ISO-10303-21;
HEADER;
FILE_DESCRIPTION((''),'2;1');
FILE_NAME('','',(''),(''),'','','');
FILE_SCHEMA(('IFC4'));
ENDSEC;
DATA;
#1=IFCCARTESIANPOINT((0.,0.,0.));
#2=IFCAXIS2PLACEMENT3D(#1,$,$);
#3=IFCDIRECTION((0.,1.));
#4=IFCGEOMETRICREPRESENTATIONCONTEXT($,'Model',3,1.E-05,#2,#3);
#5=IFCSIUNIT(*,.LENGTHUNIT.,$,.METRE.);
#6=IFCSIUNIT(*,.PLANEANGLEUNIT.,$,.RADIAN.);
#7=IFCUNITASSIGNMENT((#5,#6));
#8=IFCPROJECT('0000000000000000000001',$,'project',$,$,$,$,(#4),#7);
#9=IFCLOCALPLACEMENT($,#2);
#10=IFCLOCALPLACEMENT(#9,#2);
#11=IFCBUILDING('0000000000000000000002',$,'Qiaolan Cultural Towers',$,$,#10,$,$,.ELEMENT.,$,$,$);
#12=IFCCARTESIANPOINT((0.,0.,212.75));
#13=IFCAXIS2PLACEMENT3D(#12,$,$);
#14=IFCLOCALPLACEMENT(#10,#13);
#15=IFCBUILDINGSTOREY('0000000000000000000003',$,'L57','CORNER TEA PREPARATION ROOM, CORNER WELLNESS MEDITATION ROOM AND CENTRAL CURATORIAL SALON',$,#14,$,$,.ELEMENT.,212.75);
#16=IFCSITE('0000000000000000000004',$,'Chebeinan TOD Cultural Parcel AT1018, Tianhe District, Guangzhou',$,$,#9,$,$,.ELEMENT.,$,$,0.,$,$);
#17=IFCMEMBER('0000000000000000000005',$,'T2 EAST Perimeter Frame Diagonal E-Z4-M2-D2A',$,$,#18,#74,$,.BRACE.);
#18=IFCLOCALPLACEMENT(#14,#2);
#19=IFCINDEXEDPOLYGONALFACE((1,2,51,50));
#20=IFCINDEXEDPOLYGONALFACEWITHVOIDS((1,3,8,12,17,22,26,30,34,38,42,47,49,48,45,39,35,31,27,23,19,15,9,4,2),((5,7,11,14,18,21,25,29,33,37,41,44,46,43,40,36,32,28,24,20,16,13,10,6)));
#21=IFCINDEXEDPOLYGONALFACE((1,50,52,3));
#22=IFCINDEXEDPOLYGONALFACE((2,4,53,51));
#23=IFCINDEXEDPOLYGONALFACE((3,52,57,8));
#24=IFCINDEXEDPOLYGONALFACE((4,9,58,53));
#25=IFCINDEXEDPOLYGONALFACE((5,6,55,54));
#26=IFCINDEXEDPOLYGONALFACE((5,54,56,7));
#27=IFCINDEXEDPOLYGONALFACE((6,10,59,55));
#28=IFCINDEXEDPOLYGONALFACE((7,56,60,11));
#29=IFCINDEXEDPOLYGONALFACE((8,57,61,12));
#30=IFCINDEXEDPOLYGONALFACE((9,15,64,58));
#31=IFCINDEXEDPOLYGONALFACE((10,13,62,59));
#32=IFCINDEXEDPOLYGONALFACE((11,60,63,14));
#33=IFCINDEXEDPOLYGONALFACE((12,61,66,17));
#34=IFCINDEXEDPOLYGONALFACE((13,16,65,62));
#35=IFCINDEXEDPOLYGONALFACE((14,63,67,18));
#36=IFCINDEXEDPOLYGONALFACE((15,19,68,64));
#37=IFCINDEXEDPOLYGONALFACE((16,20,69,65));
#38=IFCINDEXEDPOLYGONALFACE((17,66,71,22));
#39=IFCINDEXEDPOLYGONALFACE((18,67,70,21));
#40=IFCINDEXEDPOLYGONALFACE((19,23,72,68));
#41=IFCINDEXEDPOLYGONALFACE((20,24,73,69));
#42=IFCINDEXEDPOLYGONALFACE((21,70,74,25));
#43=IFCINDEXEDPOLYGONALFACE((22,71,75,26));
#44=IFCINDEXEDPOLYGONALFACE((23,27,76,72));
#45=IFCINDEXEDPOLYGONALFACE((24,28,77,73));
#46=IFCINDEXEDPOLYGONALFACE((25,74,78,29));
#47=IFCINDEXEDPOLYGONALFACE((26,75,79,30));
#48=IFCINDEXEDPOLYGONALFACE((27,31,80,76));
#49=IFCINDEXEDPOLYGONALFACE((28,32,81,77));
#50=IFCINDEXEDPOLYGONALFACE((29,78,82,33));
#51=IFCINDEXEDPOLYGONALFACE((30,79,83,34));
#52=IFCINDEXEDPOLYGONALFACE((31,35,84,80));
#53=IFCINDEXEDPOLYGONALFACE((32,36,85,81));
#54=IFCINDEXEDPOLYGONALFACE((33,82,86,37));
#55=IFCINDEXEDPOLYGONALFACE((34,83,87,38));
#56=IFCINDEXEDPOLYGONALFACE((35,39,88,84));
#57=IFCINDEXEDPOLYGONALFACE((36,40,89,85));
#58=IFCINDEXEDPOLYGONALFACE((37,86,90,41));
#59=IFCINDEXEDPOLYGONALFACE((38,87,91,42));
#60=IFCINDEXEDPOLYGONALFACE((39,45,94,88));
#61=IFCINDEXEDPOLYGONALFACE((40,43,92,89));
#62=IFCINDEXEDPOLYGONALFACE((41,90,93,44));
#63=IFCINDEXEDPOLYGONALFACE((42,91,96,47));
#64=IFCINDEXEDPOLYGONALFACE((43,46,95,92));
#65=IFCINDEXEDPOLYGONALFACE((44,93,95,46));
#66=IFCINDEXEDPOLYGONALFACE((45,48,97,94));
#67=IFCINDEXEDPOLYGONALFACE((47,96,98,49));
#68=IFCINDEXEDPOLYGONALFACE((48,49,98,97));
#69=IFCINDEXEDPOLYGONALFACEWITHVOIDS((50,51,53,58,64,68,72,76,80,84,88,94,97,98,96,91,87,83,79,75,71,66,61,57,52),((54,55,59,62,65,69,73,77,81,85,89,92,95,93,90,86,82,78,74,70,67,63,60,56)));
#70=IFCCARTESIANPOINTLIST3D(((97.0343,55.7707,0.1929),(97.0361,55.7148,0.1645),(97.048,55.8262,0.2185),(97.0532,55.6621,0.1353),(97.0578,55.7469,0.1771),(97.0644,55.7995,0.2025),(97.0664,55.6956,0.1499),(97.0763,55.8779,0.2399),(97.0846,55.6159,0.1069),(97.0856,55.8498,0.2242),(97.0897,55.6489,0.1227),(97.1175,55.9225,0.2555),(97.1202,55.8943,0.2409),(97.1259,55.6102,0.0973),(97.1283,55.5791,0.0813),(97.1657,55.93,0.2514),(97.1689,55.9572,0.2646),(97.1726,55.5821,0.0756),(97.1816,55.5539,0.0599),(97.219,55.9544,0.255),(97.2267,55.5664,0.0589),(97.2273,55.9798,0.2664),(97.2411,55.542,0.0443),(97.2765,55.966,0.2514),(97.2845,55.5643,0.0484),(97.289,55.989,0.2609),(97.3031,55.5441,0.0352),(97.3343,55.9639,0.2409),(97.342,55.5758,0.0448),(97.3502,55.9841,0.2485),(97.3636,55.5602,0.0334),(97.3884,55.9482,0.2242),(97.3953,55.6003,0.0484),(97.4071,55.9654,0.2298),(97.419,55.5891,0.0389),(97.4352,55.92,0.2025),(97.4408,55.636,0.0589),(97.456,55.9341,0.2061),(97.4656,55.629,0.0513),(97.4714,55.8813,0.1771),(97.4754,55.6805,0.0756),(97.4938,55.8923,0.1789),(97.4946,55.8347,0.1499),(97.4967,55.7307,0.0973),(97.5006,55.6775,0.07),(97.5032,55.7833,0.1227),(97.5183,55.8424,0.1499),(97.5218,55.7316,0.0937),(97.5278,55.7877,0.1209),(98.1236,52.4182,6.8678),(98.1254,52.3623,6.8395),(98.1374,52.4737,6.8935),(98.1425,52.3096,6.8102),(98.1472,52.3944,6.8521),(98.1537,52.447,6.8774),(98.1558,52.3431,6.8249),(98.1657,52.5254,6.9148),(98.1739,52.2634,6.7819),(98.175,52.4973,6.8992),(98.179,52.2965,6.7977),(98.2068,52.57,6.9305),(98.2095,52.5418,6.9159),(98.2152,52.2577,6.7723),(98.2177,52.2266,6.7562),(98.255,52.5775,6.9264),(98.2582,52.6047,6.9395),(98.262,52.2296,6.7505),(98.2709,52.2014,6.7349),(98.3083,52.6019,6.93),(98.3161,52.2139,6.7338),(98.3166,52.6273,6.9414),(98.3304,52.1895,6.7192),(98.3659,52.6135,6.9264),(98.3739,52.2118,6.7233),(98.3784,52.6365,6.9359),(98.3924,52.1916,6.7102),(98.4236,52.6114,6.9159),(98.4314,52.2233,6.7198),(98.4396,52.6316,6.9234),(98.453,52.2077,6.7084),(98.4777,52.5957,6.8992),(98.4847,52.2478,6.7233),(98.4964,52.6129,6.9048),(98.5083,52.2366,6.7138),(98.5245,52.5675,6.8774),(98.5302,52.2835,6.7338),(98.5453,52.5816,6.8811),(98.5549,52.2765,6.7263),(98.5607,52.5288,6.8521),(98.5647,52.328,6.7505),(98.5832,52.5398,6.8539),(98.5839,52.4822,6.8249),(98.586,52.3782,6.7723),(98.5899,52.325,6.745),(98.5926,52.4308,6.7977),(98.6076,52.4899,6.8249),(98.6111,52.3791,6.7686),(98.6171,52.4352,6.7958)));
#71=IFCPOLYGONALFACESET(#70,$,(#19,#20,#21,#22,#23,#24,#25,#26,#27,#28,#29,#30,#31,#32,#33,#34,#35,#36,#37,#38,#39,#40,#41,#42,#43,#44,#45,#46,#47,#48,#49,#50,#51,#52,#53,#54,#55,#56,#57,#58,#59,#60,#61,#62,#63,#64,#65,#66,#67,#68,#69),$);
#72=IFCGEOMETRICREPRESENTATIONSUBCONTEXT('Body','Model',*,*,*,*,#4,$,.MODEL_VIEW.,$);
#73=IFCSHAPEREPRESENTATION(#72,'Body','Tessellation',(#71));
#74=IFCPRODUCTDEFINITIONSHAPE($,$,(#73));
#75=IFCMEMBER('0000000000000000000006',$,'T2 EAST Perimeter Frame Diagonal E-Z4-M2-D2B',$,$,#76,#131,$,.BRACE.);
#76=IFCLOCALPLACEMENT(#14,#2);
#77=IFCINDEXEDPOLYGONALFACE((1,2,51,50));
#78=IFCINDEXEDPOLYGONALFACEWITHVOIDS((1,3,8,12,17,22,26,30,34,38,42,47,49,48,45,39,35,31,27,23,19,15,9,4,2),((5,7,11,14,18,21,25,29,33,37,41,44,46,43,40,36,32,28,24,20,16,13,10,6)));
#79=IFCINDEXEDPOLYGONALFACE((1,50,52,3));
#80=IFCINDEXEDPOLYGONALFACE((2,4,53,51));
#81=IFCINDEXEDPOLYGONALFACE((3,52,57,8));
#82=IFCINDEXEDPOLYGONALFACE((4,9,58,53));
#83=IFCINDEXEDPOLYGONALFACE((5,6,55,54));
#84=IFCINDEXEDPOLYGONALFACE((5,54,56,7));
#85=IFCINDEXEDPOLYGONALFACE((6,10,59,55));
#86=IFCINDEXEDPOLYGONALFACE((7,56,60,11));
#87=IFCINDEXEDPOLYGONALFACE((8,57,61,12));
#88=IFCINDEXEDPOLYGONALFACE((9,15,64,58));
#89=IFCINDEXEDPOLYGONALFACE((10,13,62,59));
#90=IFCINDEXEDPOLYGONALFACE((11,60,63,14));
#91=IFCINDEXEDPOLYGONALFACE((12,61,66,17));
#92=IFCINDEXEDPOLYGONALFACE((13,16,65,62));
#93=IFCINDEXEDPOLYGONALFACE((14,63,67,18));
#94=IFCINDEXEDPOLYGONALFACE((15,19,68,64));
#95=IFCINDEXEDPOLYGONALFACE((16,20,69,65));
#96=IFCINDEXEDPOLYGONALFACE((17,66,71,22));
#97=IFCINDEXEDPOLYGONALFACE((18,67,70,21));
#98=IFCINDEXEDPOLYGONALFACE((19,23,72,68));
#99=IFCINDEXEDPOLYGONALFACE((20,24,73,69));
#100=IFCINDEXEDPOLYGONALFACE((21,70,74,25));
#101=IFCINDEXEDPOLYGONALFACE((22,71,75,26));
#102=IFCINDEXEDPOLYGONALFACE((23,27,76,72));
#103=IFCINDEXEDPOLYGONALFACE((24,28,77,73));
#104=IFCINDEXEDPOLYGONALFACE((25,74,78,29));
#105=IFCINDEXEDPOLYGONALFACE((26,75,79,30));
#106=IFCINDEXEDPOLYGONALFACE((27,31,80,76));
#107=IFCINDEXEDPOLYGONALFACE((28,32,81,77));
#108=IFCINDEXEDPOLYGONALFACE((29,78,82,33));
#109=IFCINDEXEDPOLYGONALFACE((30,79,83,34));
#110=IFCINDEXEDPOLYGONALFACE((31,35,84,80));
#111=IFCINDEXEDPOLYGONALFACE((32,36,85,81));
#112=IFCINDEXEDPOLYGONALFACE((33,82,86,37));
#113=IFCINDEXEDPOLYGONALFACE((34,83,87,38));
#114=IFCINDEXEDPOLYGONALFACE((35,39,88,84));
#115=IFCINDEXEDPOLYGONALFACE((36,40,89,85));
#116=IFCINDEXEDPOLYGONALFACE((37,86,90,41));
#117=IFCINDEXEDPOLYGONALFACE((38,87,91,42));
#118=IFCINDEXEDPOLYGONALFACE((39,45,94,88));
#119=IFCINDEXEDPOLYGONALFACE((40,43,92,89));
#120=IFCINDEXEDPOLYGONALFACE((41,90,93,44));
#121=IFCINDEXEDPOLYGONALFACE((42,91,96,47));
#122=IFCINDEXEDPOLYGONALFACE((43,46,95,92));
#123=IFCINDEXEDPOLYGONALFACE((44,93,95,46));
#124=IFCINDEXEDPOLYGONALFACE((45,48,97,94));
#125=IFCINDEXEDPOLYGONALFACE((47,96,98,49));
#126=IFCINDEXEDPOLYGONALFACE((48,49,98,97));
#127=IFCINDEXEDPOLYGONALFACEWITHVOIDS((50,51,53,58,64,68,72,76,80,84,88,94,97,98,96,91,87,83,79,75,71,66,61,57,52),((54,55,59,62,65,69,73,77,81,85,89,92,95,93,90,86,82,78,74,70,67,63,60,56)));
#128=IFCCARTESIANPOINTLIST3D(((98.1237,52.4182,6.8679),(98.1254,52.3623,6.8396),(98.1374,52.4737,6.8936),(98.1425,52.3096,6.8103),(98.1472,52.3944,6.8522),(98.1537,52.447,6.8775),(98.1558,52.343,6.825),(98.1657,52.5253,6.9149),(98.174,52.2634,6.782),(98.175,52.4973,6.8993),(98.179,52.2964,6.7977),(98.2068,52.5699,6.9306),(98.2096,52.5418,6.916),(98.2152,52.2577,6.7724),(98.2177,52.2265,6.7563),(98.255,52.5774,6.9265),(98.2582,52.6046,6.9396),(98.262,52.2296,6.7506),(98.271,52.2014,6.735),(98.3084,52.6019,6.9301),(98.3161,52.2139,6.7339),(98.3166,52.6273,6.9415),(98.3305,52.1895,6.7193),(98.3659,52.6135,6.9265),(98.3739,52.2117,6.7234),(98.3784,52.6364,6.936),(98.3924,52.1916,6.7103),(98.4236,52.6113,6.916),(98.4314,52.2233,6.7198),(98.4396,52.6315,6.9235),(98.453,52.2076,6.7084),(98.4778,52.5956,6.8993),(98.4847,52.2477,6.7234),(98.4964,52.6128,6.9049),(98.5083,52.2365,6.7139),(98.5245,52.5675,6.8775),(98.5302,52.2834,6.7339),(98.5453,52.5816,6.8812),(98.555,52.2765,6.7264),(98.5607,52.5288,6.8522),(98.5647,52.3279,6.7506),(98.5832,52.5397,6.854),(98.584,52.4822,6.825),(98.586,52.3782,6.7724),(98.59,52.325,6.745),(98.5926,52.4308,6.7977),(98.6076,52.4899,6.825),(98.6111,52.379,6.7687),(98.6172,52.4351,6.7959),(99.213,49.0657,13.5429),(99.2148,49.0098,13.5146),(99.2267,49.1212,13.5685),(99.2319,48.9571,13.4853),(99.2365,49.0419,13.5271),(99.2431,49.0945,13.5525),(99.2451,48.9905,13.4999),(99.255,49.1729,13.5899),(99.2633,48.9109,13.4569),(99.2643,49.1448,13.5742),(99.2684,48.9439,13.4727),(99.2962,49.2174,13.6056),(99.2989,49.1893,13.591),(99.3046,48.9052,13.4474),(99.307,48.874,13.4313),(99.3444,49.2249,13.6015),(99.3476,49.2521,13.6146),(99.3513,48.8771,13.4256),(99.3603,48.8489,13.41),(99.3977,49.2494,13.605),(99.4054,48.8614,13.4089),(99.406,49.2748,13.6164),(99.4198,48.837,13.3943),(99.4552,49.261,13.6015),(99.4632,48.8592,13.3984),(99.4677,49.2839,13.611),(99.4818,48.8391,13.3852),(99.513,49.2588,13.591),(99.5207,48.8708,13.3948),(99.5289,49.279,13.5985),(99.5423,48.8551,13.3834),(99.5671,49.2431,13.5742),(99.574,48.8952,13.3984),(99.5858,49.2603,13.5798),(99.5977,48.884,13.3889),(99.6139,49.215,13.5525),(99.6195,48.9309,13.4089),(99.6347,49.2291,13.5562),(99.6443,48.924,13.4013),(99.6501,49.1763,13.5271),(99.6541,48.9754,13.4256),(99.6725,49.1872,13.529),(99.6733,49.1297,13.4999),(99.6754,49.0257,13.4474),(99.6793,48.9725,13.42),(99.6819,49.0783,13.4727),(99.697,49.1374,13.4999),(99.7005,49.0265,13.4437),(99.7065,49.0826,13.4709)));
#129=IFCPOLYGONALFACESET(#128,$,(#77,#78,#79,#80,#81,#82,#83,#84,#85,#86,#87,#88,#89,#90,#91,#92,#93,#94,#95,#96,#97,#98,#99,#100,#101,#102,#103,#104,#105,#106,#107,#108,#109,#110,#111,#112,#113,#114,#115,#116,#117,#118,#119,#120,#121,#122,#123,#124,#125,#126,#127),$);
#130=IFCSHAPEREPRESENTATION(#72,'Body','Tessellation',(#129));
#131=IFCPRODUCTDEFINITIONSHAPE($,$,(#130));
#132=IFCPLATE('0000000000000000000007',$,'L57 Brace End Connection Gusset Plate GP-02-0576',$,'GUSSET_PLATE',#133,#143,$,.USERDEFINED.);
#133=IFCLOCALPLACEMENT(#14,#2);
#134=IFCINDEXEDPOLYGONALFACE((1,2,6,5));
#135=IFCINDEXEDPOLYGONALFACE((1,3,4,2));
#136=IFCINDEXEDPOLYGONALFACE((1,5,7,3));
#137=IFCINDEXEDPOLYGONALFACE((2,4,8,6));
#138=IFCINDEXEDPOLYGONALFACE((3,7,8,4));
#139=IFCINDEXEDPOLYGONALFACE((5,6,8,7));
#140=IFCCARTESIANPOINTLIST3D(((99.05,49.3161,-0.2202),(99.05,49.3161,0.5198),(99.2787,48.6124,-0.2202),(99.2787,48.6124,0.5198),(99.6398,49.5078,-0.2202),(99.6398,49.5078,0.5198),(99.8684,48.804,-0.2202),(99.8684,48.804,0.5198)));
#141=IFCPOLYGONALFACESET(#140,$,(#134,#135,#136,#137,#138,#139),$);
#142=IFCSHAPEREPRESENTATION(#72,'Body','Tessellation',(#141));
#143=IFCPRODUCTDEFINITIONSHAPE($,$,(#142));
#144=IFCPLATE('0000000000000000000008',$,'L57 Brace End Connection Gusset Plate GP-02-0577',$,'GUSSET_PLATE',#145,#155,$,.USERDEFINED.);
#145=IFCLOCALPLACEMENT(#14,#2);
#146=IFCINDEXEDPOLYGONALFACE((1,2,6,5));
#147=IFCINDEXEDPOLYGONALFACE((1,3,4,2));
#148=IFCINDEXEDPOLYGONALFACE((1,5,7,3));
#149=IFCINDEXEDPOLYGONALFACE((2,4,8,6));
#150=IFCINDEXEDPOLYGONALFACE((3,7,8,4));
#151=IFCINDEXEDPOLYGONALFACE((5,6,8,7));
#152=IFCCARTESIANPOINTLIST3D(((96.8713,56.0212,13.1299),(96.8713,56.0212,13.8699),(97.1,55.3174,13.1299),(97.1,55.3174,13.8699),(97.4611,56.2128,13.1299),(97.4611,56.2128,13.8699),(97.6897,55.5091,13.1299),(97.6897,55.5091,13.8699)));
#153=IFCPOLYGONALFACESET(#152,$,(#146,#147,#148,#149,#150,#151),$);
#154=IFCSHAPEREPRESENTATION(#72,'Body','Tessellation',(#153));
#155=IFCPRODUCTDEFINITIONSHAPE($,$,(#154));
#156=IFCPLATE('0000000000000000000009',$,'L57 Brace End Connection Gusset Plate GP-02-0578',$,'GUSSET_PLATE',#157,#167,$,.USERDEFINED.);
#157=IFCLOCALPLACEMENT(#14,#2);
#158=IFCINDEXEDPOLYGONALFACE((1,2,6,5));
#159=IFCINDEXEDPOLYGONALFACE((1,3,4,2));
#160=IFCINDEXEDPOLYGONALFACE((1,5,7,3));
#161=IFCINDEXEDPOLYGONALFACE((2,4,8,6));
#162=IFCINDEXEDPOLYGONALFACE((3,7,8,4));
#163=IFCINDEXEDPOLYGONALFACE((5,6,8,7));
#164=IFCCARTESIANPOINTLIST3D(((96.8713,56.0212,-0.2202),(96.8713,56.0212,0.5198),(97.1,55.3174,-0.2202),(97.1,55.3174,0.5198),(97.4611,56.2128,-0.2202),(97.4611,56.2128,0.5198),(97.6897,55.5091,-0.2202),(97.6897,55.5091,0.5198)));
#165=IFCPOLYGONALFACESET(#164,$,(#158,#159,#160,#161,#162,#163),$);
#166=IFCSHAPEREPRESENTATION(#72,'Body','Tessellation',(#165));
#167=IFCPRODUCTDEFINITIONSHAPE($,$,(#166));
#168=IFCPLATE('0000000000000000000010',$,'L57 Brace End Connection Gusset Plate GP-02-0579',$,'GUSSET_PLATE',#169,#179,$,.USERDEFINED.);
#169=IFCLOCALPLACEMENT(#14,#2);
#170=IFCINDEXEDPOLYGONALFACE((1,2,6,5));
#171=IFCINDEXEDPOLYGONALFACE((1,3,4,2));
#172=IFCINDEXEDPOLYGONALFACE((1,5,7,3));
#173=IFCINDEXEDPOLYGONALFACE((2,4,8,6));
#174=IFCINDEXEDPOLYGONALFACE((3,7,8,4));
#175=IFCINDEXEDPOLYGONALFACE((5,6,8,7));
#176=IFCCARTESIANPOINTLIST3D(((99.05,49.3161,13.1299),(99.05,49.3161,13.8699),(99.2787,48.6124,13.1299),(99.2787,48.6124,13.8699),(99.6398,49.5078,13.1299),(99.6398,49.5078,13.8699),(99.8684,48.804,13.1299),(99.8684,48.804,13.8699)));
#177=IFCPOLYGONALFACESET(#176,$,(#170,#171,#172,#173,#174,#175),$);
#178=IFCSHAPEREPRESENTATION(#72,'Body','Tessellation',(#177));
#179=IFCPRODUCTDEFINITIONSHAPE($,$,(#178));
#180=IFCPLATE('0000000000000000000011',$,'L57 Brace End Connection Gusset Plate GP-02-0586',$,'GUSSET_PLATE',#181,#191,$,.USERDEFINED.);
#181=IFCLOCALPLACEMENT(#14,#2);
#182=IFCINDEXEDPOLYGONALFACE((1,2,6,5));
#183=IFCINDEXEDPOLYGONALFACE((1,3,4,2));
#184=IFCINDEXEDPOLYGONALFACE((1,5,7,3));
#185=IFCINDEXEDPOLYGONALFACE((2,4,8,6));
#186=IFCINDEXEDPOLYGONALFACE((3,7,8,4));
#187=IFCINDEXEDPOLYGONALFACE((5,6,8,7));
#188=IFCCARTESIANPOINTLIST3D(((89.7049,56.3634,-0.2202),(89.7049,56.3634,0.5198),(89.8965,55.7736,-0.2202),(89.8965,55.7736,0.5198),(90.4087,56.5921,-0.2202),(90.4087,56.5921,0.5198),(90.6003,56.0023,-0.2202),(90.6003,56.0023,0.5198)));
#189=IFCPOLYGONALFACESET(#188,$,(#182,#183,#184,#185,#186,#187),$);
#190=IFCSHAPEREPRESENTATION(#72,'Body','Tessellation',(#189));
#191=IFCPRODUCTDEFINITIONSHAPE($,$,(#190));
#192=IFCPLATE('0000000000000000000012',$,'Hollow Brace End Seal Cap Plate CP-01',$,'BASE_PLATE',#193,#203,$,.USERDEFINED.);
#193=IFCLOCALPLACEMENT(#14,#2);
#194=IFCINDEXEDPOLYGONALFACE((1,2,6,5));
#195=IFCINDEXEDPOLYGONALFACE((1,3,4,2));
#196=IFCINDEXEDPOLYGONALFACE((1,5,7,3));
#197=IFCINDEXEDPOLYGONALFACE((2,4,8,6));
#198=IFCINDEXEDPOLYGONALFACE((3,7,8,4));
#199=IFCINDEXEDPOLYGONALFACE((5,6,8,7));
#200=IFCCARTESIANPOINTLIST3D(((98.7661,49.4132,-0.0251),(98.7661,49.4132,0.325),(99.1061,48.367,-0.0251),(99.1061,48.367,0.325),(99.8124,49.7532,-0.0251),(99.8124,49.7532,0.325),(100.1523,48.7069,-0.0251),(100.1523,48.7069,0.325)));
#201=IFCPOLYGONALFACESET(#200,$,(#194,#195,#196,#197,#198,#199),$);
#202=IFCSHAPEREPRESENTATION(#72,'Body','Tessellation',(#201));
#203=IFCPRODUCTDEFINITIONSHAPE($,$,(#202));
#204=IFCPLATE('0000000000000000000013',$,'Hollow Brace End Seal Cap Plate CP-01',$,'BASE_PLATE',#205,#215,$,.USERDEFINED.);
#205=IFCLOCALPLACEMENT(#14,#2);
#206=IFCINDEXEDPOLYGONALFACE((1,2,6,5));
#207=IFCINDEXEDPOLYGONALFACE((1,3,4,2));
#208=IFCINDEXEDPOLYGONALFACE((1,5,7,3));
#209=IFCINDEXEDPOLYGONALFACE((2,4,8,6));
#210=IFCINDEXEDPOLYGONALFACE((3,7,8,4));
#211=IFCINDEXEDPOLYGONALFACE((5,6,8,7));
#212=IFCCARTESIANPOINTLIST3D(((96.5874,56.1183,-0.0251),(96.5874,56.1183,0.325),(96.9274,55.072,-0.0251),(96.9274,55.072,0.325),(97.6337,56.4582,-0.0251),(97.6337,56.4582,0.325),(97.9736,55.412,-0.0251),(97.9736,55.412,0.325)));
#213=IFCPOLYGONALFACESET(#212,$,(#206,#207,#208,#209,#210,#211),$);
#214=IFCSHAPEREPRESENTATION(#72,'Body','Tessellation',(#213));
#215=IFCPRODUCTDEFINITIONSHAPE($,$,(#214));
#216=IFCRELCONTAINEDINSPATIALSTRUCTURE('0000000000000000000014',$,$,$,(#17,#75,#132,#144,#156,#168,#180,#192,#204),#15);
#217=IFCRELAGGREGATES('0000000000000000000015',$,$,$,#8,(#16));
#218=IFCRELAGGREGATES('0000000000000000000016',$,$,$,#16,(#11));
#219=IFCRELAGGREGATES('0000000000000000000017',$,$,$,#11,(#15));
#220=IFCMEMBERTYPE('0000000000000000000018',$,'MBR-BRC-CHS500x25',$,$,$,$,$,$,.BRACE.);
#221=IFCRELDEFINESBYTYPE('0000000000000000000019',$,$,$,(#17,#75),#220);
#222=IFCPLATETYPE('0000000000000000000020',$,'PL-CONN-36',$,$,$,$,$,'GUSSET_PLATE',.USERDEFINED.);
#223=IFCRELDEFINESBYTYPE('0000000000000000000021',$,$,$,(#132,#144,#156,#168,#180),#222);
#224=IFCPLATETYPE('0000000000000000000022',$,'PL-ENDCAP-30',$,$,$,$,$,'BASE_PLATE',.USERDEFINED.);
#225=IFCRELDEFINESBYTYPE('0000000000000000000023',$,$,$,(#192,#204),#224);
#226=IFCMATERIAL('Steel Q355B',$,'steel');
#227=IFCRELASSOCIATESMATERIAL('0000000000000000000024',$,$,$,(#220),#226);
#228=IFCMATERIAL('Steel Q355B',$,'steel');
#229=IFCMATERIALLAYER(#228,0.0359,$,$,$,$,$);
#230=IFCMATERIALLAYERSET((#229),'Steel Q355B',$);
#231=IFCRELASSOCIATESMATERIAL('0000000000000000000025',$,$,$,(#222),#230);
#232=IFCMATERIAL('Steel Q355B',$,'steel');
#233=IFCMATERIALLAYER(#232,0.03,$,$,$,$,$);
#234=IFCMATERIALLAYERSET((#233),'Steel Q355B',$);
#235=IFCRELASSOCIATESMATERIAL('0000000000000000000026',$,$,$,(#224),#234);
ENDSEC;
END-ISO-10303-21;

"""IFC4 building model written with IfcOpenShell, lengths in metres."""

from ifc_helpers import new_model, si_unit, direction, frame, origin, origin_2d, place, context, subcontext, project, spatial, rectangle, hollow_circle, extrude, material, layer, layer_set, material_profile, profile_set, type_object, element, save


model = new_model("IFC4")

# Units and contexts
model_context = context("Model", 3, precision=1e-05, world=origin(), true_north=direction((0.0, 1.0)))
body_context = subcontext(model_context, "Body", "Model", "MODEL_VIEW")
ifc_project = project(units=[si_unit("LENGTHUNIT", "METRE"), si_unit("PLANEANGLEUNIT", "RADIAN")], contexts=[model_context])

# Site, building, storey
site_placement = place(None, origin())
site = spatial("IfcSite", under=ifc_project, at=site_placement, Name="Chebeinan TOD Cultural Parcel AT1018, Tianhe District, Guangzhou", CompositionType="ELEMENT", RefElevation=0.0)
building_placement = place(site_placement, origin())
building = spatial("IfcBuilding", under=site, at=building_placement, Name="Qiaolan Cultural Towers", CompositionType="ELEMENT")
storey_placement = place(building_placement, frame((0.0, 0.0, 212.75)))
storey = spatial("IfcBuildingStorey", under=building, at=storey_placement, Name="L57", Description="CORNER TEA PREPARATION ROOM, CORNER WELLNESS MEDITATION ROOM AND CENTRAL CURATORIAL SALON", CompositionType="ELEMENT", Elevation=212.75)

# Members
ifc_material_1 = material(Name="Steel Q355B", Category="steel")
ifc_material_profile_1 = material_profile(ifc_material_1, hollow_circle(Radius=0.25, WallThickness=0.0249, at=origin_2d()), Name="CHS500x25")
ifc_profile_set_1 = profile_set([ifc_material_profile_1], Name="Steel Q355B")
member_type = type_object("IfcMemberType", Name="MBR-BRC-CHS500x25", PredefinedType="BRACE", material=ifc_profile_set_1)
for number, where, z_axis, x_axis, name in (
    (1, (97.2805, 55.7651, 0.1499), (0.144311, -0.444123, 0.884268), (0.951052, 0.30903, 0.0), "T2 EAST Perimeter Frame Diagonal E-Z4-M2-D2A"),
    (2, (98.3699, 52.4126, 6.825), (0.144311, -0.444123, 0.884268), (0.951052, 0.30903, 0.0), "T2 EAST Perimeter Frame Diagonal E-Z4-M2-D2B"),
):
    element("IfcMember", number, at=place(storey_placement, frame(where, z_axis=z_axis, x_axis=x_axis)), inside=storey, type_object=member_type, Name=name, PredefinedType="BRACE", context=body_context, shape_type="SweptSolid", body=[
        extrude(hollow_circle(Radius=0.25, WallThickness=0.0249, at=origin_2d()), origin(), (0.0, 0.0, 1.0), 7.5486),
    ])

# Plates
ifc_material_2 = material(Name="Steel Q355B", Category="steel")
ifc_layer_1 = layer(ifc_material_2, 0.0359)
ifc_layer_set_1 = layer_set([ifc_layer_1], Name="Steel Q355B")
plate_type_1 = type_object("IfcPlateType", Name="PL-CONN-36", ElementType="GUSSET_PLATE", PredefinedType="USERDEFINED", material=ifc_layer_set_1)
for number, where, z_axis, x_axis, name in (
    (3, (99.4592, 49.0601, -0.2202), (0.0, 0.0, 1.0), (-0.309017, 0.951057, 0.0), "L57 Brace End Connection Gusset Plate GP-02-0576"),
    (4, (97.2805, 55.7651, 13.1299), (0.0, 0.0, 1.0), (-0.309017, 0.951057, 0.0), "L57 Brace End Connection Gusset Plate GP-02-0577"),
    (5, (97.2805, 55.7651, -0.2202), (0.0, 0.0, 1.0), (-0.309017, 0.951057, 0.0), "L57 Brace End Connection Gusset Plate GP-02-0578"),
    (6, (99.4592, 49.0601, 13.1299), (0.0, 0.0, 1.0), (-0.309017, 0.951057, 0.0), "L57 Brace End Connection Gusset Plate GP-02-0579"),
    (7, (90.1526, 56.1829, -0.2202), (0.0, 0.0, 1.0), (0.951057, 0.309017, 0.0), "L57 Brace End Connection Gusset Plate GP-02-0586"),
):
    element("IfcPlate", number, at=place(storey_placement, frame(where, z_axis=z_axis, x_axis=x_axis)), inside=storey, type_object=plate_type_1, Name=name, ObjectType="GUSSET_PLATE", PredefinedType="USERDEFINED", context=body_context, shape_type="SweptSolid", body=[
        extrude(rectangle(XDim=0.74, YDim=0.6201, at=origin_2d()), origin(), (0.0, 0.0, 1.0), 0.74),
    ])
ifc_material_3 = material(Name="Steel Q355B", Category="steel")
ifc_layer_2 = layer(ifc_material_3, 0.03)
ifc_layer_set_2 = layer_set([ifc_layer_2], Name="Steel Q355B")
plate_type_2 = type_object("IfcPlateType", Name="PL-ENDCAP-30", ElementType="BASE_PLATE", PredefinedType="USERDEFINED", material=ifc_layer_set_2)
for number, where, z_axis, x_axis, name in (
    (8, (99.4592, 49.0601, -0.0251), (0.0, 0.0, 1.0), (-0.309017, 0.951057, 0.0), "Hollow Brace End Seal Cap Plate CP-01"),
    (9, (97.2805, 55.7651, -0.0251), (0.0, 0.0, 1.0), (-0.309017, 0.951057, 0.0), "Hollow Brace End Seal Cap Plate CP-01"),
):
    element("IfcPlate", number, at=place(storey_placement, frame(where, z_axis=z_axis, x_axis=x_axis)), inside=storey, type_object=plate_type_2, Name=name, ObjectType="BASE_PLATE", PredefinedType="USERDEFINED", context=body_context, shape_type="SweptSolid", body=[
        extrude(rectangle(XDim=1.1001, YDim=1.1001, at=origin_2d()), origin(), (0.0, 0.0, 1.0), 0.3501),
    ])

save(model, "model.ifc")
